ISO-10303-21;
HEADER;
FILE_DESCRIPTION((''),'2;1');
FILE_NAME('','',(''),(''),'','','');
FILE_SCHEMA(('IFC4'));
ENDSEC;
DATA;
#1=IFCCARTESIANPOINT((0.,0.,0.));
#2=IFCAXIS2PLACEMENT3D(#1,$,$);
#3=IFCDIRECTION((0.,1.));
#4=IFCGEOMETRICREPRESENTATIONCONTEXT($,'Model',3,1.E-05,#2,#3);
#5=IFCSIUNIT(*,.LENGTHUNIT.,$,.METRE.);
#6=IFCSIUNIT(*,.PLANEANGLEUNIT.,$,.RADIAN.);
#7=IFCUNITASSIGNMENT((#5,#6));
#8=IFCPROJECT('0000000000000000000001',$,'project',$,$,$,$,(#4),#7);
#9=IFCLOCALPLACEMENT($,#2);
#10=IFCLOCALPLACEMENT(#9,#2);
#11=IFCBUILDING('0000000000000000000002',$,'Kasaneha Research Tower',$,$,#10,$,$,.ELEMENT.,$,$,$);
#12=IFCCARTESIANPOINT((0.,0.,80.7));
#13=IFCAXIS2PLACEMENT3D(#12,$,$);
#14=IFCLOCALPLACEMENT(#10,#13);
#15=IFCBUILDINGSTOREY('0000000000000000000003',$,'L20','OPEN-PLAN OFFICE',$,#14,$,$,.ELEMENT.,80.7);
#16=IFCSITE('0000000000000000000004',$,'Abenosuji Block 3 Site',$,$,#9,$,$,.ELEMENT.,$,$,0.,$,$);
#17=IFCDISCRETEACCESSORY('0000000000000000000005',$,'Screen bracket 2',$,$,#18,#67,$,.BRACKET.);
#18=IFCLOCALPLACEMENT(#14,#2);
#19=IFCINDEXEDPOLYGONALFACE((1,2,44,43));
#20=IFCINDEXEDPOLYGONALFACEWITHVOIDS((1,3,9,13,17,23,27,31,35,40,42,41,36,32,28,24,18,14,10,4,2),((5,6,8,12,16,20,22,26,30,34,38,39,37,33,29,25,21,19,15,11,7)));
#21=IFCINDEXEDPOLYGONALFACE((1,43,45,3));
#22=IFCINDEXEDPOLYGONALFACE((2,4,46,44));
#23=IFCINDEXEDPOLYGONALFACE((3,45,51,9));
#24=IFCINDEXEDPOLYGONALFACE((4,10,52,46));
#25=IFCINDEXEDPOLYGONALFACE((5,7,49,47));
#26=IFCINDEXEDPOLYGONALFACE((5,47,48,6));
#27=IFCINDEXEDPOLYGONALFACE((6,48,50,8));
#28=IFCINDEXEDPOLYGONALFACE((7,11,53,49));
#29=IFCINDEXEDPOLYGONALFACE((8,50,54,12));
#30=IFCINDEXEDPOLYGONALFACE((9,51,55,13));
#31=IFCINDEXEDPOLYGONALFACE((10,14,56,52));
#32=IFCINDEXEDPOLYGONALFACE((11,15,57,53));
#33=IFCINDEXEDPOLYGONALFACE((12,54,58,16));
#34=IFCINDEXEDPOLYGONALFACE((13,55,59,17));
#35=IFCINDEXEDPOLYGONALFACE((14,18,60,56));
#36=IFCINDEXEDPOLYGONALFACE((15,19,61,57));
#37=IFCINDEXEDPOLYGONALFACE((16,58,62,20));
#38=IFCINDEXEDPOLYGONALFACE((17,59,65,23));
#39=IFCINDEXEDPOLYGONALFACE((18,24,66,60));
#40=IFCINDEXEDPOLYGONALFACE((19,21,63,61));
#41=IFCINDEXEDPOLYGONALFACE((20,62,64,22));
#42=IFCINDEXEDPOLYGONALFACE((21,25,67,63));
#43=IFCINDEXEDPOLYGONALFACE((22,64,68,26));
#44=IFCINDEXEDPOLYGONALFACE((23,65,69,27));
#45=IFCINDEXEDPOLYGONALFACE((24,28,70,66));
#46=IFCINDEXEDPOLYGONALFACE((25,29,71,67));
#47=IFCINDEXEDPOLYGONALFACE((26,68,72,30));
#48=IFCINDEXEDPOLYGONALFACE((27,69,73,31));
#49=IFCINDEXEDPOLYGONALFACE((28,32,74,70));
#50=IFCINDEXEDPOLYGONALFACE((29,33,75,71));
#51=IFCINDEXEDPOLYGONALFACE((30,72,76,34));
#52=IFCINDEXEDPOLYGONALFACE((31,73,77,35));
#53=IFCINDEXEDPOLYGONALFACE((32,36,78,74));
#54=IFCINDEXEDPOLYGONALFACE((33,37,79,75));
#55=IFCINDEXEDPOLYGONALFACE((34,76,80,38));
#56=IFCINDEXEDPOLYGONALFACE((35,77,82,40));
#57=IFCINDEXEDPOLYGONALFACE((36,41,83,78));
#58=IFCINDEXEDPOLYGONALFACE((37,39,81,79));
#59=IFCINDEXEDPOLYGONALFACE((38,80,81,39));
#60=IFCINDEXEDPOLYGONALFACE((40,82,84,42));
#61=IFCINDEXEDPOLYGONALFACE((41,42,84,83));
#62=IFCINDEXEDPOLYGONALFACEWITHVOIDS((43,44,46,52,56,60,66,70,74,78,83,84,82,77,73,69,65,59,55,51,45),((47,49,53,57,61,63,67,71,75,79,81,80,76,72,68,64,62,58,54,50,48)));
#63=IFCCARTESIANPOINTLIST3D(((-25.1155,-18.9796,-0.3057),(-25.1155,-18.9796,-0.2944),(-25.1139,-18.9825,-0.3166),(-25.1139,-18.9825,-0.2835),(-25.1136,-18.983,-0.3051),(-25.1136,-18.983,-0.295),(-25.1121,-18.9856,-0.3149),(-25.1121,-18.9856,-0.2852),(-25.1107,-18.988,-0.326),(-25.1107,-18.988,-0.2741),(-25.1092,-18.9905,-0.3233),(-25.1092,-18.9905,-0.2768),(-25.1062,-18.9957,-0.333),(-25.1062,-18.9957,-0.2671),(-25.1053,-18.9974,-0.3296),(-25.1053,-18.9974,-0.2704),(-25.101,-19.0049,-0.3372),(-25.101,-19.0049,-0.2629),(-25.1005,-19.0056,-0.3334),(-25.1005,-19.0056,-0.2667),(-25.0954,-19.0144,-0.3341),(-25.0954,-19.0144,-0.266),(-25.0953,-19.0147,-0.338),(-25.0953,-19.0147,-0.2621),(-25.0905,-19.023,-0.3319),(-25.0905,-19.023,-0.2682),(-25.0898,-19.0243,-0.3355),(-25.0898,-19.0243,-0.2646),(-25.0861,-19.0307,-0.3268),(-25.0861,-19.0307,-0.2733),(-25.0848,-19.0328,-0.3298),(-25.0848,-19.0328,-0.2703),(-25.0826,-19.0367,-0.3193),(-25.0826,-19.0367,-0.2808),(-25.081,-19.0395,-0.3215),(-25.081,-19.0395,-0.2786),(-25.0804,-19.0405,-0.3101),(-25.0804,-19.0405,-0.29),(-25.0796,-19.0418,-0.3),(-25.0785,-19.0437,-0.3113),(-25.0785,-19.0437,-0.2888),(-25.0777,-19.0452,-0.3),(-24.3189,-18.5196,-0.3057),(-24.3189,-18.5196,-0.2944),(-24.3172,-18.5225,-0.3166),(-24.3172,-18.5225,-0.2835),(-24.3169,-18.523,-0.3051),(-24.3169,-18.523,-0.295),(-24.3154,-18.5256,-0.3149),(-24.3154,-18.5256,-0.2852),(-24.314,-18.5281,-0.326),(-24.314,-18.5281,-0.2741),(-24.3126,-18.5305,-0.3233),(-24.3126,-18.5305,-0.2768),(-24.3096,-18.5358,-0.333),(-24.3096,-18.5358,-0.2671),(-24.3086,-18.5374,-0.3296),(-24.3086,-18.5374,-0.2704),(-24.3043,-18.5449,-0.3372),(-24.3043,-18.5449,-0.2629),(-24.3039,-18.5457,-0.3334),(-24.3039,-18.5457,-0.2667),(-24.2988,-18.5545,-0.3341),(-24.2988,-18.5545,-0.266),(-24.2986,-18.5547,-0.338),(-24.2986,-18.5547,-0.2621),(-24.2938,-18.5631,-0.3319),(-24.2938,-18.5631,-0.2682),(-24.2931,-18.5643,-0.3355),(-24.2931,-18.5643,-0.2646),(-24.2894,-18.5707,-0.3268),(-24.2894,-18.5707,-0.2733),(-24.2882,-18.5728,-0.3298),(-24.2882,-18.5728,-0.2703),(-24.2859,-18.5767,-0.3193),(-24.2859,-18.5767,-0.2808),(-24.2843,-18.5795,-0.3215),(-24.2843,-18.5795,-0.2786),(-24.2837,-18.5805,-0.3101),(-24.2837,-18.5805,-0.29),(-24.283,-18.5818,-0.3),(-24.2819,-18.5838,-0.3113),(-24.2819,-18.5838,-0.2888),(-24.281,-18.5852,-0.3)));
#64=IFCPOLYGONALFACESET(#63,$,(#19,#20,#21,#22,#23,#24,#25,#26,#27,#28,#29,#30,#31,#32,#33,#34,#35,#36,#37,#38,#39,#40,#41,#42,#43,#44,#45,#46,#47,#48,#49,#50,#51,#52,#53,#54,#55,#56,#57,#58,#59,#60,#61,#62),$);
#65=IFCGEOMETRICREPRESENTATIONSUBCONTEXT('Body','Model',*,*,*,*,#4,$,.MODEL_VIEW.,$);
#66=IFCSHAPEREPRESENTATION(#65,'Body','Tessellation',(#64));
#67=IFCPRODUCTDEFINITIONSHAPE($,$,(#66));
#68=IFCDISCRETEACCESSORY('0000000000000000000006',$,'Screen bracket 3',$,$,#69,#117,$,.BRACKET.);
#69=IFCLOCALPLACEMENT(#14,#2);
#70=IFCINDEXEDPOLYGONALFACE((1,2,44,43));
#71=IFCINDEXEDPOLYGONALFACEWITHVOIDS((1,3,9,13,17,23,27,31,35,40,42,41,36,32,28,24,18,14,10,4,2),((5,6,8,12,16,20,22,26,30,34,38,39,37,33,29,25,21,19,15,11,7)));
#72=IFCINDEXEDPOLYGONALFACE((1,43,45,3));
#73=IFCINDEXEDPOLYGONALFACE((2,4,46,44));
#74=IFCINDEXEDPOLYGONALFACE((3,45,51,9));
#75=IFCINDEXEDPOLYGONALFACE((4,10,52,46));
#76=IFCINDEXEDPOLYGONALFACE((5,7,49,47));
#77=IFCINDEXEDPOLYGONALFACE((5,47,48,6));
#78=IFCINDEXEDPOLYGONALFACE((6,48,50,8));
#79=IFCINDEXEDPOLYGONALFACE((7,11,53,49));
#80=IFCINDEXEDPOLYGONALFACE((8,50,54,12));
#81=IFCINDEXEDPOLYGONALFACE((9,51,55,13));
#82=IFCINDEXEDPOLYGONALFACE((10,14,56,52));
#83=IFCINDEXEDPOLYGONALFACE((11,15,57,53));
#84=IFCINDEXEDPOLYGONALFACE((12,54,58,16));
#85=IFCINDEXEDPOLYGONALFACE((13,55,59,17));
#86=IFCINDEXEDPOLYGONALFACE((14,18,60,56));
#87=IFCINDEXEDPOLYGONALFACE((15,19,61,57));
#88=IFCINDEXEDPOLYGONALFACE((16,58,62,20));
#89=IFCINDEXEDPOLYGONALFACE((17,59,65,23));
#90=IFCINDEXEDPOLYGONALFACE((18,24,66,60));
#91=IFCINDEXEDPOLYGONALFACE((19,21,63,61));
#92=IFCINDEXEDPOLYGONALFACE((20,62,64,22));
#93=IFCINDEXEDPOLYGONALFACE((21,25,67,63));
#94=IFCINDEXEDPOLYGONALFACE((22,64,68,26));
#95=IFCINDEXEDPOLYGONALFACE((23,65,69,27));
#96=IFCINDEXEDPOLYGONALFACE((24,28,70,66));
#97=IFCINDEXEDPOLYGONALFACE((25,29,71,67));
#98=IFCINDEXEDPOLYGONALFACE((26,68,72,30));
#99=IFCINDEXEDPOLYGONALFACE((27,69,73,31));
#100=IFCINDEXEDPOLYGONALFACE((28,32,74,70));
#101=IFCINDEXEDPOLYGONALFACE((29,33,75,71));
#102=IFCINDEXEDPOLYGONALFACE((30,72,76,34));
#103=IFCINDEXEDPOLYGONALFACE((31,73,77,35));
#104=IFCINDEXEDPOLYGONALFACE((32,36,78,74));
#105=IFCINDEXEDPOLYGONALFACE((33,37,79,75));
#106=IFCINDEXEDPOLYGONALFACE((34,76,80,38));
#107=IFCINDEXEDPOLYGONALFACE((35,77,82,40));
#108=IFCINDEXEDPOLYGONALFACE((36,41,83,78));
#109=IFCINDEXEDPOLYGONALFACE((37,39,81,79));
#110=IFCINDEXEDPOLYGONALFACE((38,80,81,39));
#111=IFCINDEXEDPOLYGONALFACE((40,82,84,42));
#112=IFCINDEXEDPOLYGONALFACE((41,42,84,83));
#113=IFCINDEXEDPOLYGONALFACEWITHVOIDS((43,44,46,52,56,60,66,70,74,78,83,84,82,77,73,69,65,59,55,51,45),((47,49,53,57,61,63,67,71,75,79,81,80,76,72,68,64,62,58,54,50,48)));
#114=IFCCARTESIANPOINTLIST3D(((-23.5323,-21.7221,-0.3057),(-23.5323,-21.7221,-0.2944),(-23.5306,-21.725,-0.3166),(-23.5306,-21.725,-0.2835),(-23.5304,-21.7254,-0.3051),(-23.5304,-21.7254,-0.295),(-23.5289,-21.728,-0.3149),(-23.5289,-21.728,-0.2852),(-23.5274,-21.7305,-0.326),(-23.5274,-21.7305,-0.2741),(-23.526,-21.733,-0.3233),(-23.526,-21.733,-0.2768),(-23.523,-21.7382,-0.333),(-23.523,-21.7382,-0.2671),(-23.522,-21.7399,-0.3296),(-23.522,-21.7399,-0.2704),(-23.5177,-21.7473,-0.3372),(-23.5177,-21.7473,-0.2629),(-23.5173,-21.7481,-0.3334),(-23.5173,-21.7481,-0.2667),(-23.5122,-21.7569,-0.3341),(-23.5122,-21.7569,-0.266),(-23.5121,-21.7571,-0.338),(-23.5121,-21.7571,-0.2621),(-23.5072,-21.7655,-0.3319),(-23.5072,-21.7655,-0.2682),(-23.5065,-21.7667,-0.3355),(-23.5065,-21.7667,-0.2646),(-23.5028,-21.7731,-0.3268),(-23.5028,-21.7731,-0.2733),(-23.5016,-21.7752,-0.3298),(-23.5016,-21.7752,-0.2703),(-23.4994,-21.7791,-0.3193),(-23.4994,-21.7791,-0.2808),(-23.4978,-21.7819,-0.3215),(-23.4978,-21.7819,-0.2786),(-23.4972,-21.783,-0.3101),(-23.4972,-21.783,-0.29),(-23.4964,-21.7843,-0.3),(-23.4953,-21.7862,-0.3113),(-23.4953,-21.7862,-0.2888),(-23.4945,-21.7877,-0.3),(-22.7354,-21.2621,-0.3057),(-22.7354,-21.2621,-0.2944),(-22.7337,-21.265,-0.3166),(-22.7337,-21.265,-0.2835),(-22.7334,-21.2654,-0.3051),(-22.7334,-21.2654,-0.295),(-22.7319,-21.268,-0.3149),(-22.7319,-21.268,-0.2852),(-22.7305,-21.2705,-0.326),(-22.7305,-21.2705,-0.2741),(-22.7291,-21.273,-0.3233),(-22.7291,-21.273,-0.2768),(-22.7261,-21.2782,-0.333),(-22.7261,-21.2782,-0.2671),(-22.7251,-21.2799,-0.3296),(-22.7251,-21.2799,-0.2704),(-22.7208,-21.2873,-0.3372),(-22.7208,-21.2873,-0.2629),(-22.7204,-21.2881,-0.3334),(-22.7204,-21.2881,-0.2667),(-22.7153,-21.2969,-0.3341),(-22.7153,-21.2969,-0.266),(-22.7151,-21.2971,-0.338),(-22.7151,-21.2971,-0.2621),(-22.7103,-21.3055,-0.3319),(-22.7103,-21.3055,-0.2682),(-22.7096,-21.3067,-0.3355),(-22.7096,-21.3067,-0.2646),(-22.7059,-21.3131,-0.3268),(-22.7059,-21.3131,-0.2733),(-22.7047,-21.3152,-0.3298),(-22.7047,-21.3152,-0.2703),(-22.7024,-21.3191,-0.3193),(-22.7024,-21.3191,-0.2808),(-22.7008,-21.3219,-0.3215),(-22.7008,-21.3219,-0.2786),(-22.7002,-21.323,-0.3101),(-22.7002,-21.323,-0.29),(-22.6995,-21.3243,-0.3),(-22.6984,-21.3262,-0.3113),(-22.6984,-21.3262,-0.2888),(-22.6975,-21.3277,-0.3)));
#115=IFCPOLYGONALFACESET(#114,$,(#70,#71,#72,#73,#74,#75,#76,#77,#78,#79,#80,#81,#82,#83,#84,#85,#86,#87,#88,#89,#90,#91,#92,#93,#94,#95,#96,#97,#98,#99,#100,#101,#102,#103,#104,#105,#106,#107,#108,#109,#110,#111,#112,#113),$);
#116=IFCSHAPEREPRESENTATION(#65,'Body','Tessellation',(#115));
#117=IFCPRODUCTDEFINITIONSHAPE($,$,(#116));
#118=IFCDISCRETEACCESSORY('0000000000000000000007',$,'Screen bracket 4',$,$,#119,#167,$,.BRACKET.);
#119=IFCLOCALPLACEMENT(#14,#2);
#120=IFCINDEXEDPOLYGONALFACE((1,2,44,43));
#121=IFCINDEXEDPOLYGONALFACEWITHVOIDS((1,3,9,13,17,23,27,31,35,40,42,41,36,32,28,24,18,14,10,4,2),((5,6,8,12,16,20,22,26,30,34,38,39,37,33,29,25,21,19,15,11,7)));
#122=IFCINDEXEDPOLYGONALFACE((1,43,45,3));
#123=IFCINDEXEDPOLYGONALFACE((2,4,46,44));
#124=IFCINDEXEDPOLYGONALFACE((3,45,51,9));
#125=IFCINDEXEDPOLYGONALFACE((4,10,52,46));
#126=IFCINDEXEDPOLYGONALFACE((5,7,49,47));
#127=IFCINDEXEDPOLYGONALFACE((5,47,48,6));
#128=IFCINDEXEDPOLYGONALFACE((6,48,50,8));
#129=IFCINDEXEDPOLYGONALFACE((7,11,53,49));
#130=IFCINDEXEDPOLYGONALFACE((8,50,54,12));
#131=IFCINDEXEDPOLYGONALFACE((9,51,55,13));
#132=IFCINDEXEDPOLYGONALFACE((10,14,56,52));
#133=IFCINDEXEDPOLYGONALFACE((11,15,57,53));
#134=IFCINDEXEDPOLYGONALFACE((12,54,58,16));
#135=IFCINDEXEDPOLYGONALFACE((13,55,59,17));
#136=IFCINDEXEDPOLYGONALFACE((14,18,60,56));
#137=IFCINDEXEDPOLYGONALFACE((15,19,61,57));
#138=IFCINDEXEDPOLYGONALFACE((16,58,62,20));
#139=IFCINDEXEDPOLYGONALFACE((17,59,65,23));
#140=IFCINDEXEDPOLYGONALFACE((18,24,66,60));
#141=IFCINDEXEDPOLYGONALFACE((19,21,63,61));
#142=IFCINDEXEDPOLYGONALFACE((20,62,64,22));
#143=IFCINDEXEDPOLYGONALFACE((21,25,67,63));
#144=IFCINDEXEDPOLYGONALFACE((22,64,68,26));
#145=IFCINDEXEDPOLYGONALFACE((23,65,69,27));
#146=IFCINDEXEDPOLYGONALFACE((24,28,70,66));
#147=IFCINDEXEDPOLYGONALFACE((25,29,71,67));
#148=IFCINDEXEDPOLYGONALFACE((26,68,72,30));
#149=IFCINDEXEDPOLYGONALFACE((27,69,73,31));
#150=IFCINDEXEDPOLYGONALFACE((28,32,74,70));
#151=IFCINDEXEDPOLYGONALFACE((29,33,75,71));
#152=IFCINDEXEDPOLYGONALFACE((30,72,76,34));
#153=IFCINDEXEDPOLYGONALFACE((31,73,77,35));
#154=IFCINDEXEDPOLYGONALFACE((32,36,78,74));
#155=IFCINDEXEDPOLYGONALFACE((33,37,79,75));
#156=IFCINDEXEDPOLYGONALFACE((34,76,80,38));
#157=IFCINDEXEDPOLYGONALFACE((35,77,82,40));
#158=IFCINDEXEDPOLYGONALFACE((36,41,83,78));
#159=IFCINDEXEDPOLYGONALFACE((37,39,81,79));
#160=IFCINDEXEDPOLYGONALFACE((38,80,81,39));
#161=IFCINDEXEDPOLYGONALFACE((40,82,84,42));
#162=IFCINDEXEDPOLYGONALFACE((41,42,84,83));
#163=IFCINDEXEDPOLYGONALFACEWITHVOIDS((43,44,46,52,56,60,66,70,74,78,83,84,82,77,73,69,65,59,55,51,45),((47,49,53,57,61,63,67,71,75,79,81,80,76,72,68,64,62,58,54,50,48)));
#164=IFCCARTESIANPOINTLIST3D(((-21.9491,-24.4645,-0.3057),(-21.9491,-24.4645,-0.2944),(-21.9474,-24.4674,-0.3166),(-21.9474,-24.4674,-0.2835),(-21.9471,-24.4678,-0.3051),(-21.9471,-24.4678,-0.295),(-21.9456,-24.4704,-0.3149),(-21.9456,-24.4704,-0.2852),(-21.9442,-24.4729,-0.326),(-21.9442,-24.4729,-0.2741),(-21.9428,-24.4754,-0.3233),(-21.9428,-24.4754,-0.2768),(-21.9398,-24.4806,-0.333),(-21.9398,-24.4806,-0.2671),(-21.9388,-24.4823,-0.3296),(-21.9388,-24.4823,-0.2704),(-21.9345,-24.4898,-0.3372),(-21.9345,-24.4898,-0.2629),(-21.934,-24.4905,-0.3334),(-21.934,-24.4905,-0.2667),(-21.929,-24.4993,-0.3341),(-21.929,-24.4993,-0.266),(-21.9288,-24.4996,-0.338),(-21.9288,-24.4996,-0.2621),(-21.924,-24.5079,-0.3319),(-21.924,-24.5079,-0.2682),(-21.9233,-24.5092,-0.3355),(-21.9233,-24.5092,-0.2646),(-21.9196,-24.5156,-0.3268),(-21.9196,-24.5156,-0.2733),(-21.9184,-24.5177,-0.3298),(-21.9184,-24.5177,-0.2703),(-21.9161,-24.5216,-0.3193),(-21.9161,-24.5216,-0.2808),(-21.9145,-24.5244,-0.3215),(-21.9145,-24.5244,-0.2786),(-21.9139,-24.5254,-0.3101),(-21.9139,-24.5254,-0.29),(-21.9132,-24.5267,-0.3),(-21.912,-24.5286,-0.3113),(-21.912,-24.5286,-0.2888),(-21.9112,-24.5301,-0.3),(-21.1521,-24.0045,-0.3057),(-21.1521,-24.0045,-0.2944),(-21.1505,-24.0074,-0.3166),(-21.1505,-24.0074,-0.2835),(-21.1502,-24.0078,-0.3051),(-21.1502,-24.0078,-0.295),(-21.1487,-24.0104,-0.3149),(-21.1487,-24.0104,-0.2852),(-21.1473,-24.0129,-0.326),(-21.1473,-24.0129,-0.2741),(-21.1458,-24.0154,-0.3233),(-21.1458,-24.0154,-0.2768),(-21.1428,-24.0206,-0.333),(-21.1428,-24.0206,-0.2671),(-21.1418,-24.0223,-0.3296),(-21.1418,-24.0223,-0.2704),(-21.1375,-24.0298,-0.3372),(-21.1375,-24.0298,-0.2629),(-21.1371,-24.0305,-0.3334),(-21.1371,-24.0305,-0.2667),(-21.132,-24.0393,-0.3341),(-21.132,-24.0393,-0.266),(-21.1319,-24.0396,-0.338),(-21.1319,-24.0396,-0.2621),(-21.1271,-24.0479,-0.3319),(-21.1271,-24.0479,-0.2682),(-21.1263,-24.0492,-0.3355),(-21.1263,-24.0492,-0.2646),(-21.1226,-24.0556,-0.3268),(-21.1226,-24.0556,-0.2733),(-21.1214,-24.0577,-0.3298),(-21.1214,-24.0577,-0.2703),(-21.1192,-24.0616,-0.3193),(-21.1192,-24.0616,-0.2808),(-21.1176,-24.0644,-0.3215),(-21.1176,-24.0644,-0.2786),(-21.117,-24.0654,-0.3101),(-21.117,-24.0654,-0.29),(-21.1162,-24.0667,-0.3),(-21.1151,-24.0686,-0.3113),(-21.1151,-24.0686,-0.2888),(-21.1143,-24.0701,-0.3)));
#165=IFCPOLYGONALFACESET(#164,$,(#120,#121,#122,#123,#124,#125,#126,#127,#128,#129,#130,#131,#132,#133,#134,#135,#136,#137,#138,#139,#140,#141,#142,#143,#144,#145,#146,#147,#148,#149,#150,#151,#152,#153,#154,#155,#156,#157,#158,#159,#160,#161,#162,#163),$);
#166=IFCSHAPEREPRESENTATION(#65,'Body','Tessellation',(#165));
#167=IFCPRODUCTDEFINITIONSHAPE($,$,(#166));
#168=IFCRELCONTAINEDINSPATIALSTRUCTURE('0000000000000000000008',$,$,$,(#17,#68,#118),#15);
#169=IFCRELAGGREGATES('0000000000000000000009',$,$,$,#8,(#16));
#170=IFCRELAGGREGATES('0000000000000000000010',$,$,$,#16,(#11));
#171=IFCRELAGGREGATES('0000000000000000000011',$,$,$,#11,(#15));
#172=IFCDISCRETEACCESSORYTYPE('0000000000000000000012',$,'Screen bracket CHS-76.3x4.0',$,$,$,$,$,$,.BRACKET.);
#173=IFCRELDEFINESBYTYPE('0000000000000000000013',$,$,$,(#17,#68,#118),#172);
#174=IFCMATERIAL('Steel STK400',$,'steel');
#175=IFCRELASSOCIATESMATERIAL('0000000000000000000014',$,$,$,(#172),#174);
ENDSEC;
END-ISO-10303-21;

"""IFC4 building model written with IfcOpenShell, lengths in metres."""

from ifc_helpers import new_model, si_unit, direction, frame, origin, origin_2d, place, context, subcontext, project, spatial, hollow_circle, extrude, material, material_profile, profile_set, type_object, element, save


model = new_model("IFC4")

# Units and contexts
model_context = context("Model", 3, precision=1e-05, world=origin(), true_north=direction((0.0, 1.0)))
body_context = subcontext(model_context, "Body", "Model", "MODEL_VIEW")
ifc_project = project(units=[si_unit("LENGTHUNIT", "METRE"), si_unit("PLANEANGLEUNIT", "RADIAN")], contexts=[model_context])

# Site, building, storey
site_placement = place(None, origin())
site = spatial("IfcSite", under=ifc_project, at=site_placement, Name="Abenosuji Block 3 Site", CompositionType="ELEMENT", RefElevation=0.0)
building_placement = place(site_placement, origin())
building = spatial("IfcBuilding", under=site, at=building_placement, Name="Kasaneha Research Tower", CompositionType="ELEMENT")
storey_placement = place(building_placement, frame((0.0, 0.0, 80.7)))
storey = spatial("IfcBuildingStorey", under=building, at=storey_placement, Name="L20", Description="OPEN-PLAN OFFICE", CompositionType="ELEMENT", Elevation=80.7)

# Discrete accessories
ifc_material_1 = material(Name="Steel STK400", Category="steel")
ifc_material_profile_1 = material_profile(ifc_material_1, hollow_circle(Radius=0.0381, WallThickness=0.0039, at=origin_2d()), Name="CHS-76.3x4.0")
ifc_profile_set_1 = profile_set([ifc_material_profile_1], Name="Steel STK400")
discrete_accessory_type = type_object("IfcDiscreteAccessoryType", Name="Screen bracket CHS-76.3x4.0", PredefinedType="BRACKET", material=ifc_profile_set_1)
discrete_accessory_1_placement = place(storey_placement, frame((-24.3, -18.5522, -0.3), z_axis=(-0.866013, -0.500021, 0.0), x_axis=(0.500021, -0.866013, 0.0)))
element("IfcDiscreteAccessory", 1, at=discrete_accessory_1_placement, inside=storey, type_object=discrete_accessory_type, Name="Screen bracket 2", PredefinedType="BRACKET", context=body_context, shape_type="SweptSolid", body=[
    extrude(hollow_circle(Radius=0.0381, WallThickness=0.0039, at=origin_2d()), origin(), (0.0, 0.0, 1.0), 0.9199),
])
for number, where, z_axis, x_axis, name in (
    (2, (-22.7166, -21.2947, -0.3), (-0.86608, -0.499906, 0.0), (0.499906, -0.86608, 0.0), "Screen bracket 3"),
    (3, (-21.1333, -24.0371, -0.3), (-0.86608, -0.499906, 0.0), (0.499906, -0.86608, 0.0), "Screen bracket 4"),
):
    element("IfcDiscreteAccessory", number, at=place(storey_placement, frame(where, z_axis=z_axis, x_axis=x_axis)), inside=storey, type_object=discrete_accessory_type, Name=name, PredefinedType="BRACKET", context=body_context, shape_type="SweptSolid", body=[
        extrude(hollow_circle(Radius=0.0381, WallThickness=0.0039, at=origin_2d()), origin(), (0.0, 0.0, 1.0), 0.9202),
    ])

save(model, "model.ifc")
